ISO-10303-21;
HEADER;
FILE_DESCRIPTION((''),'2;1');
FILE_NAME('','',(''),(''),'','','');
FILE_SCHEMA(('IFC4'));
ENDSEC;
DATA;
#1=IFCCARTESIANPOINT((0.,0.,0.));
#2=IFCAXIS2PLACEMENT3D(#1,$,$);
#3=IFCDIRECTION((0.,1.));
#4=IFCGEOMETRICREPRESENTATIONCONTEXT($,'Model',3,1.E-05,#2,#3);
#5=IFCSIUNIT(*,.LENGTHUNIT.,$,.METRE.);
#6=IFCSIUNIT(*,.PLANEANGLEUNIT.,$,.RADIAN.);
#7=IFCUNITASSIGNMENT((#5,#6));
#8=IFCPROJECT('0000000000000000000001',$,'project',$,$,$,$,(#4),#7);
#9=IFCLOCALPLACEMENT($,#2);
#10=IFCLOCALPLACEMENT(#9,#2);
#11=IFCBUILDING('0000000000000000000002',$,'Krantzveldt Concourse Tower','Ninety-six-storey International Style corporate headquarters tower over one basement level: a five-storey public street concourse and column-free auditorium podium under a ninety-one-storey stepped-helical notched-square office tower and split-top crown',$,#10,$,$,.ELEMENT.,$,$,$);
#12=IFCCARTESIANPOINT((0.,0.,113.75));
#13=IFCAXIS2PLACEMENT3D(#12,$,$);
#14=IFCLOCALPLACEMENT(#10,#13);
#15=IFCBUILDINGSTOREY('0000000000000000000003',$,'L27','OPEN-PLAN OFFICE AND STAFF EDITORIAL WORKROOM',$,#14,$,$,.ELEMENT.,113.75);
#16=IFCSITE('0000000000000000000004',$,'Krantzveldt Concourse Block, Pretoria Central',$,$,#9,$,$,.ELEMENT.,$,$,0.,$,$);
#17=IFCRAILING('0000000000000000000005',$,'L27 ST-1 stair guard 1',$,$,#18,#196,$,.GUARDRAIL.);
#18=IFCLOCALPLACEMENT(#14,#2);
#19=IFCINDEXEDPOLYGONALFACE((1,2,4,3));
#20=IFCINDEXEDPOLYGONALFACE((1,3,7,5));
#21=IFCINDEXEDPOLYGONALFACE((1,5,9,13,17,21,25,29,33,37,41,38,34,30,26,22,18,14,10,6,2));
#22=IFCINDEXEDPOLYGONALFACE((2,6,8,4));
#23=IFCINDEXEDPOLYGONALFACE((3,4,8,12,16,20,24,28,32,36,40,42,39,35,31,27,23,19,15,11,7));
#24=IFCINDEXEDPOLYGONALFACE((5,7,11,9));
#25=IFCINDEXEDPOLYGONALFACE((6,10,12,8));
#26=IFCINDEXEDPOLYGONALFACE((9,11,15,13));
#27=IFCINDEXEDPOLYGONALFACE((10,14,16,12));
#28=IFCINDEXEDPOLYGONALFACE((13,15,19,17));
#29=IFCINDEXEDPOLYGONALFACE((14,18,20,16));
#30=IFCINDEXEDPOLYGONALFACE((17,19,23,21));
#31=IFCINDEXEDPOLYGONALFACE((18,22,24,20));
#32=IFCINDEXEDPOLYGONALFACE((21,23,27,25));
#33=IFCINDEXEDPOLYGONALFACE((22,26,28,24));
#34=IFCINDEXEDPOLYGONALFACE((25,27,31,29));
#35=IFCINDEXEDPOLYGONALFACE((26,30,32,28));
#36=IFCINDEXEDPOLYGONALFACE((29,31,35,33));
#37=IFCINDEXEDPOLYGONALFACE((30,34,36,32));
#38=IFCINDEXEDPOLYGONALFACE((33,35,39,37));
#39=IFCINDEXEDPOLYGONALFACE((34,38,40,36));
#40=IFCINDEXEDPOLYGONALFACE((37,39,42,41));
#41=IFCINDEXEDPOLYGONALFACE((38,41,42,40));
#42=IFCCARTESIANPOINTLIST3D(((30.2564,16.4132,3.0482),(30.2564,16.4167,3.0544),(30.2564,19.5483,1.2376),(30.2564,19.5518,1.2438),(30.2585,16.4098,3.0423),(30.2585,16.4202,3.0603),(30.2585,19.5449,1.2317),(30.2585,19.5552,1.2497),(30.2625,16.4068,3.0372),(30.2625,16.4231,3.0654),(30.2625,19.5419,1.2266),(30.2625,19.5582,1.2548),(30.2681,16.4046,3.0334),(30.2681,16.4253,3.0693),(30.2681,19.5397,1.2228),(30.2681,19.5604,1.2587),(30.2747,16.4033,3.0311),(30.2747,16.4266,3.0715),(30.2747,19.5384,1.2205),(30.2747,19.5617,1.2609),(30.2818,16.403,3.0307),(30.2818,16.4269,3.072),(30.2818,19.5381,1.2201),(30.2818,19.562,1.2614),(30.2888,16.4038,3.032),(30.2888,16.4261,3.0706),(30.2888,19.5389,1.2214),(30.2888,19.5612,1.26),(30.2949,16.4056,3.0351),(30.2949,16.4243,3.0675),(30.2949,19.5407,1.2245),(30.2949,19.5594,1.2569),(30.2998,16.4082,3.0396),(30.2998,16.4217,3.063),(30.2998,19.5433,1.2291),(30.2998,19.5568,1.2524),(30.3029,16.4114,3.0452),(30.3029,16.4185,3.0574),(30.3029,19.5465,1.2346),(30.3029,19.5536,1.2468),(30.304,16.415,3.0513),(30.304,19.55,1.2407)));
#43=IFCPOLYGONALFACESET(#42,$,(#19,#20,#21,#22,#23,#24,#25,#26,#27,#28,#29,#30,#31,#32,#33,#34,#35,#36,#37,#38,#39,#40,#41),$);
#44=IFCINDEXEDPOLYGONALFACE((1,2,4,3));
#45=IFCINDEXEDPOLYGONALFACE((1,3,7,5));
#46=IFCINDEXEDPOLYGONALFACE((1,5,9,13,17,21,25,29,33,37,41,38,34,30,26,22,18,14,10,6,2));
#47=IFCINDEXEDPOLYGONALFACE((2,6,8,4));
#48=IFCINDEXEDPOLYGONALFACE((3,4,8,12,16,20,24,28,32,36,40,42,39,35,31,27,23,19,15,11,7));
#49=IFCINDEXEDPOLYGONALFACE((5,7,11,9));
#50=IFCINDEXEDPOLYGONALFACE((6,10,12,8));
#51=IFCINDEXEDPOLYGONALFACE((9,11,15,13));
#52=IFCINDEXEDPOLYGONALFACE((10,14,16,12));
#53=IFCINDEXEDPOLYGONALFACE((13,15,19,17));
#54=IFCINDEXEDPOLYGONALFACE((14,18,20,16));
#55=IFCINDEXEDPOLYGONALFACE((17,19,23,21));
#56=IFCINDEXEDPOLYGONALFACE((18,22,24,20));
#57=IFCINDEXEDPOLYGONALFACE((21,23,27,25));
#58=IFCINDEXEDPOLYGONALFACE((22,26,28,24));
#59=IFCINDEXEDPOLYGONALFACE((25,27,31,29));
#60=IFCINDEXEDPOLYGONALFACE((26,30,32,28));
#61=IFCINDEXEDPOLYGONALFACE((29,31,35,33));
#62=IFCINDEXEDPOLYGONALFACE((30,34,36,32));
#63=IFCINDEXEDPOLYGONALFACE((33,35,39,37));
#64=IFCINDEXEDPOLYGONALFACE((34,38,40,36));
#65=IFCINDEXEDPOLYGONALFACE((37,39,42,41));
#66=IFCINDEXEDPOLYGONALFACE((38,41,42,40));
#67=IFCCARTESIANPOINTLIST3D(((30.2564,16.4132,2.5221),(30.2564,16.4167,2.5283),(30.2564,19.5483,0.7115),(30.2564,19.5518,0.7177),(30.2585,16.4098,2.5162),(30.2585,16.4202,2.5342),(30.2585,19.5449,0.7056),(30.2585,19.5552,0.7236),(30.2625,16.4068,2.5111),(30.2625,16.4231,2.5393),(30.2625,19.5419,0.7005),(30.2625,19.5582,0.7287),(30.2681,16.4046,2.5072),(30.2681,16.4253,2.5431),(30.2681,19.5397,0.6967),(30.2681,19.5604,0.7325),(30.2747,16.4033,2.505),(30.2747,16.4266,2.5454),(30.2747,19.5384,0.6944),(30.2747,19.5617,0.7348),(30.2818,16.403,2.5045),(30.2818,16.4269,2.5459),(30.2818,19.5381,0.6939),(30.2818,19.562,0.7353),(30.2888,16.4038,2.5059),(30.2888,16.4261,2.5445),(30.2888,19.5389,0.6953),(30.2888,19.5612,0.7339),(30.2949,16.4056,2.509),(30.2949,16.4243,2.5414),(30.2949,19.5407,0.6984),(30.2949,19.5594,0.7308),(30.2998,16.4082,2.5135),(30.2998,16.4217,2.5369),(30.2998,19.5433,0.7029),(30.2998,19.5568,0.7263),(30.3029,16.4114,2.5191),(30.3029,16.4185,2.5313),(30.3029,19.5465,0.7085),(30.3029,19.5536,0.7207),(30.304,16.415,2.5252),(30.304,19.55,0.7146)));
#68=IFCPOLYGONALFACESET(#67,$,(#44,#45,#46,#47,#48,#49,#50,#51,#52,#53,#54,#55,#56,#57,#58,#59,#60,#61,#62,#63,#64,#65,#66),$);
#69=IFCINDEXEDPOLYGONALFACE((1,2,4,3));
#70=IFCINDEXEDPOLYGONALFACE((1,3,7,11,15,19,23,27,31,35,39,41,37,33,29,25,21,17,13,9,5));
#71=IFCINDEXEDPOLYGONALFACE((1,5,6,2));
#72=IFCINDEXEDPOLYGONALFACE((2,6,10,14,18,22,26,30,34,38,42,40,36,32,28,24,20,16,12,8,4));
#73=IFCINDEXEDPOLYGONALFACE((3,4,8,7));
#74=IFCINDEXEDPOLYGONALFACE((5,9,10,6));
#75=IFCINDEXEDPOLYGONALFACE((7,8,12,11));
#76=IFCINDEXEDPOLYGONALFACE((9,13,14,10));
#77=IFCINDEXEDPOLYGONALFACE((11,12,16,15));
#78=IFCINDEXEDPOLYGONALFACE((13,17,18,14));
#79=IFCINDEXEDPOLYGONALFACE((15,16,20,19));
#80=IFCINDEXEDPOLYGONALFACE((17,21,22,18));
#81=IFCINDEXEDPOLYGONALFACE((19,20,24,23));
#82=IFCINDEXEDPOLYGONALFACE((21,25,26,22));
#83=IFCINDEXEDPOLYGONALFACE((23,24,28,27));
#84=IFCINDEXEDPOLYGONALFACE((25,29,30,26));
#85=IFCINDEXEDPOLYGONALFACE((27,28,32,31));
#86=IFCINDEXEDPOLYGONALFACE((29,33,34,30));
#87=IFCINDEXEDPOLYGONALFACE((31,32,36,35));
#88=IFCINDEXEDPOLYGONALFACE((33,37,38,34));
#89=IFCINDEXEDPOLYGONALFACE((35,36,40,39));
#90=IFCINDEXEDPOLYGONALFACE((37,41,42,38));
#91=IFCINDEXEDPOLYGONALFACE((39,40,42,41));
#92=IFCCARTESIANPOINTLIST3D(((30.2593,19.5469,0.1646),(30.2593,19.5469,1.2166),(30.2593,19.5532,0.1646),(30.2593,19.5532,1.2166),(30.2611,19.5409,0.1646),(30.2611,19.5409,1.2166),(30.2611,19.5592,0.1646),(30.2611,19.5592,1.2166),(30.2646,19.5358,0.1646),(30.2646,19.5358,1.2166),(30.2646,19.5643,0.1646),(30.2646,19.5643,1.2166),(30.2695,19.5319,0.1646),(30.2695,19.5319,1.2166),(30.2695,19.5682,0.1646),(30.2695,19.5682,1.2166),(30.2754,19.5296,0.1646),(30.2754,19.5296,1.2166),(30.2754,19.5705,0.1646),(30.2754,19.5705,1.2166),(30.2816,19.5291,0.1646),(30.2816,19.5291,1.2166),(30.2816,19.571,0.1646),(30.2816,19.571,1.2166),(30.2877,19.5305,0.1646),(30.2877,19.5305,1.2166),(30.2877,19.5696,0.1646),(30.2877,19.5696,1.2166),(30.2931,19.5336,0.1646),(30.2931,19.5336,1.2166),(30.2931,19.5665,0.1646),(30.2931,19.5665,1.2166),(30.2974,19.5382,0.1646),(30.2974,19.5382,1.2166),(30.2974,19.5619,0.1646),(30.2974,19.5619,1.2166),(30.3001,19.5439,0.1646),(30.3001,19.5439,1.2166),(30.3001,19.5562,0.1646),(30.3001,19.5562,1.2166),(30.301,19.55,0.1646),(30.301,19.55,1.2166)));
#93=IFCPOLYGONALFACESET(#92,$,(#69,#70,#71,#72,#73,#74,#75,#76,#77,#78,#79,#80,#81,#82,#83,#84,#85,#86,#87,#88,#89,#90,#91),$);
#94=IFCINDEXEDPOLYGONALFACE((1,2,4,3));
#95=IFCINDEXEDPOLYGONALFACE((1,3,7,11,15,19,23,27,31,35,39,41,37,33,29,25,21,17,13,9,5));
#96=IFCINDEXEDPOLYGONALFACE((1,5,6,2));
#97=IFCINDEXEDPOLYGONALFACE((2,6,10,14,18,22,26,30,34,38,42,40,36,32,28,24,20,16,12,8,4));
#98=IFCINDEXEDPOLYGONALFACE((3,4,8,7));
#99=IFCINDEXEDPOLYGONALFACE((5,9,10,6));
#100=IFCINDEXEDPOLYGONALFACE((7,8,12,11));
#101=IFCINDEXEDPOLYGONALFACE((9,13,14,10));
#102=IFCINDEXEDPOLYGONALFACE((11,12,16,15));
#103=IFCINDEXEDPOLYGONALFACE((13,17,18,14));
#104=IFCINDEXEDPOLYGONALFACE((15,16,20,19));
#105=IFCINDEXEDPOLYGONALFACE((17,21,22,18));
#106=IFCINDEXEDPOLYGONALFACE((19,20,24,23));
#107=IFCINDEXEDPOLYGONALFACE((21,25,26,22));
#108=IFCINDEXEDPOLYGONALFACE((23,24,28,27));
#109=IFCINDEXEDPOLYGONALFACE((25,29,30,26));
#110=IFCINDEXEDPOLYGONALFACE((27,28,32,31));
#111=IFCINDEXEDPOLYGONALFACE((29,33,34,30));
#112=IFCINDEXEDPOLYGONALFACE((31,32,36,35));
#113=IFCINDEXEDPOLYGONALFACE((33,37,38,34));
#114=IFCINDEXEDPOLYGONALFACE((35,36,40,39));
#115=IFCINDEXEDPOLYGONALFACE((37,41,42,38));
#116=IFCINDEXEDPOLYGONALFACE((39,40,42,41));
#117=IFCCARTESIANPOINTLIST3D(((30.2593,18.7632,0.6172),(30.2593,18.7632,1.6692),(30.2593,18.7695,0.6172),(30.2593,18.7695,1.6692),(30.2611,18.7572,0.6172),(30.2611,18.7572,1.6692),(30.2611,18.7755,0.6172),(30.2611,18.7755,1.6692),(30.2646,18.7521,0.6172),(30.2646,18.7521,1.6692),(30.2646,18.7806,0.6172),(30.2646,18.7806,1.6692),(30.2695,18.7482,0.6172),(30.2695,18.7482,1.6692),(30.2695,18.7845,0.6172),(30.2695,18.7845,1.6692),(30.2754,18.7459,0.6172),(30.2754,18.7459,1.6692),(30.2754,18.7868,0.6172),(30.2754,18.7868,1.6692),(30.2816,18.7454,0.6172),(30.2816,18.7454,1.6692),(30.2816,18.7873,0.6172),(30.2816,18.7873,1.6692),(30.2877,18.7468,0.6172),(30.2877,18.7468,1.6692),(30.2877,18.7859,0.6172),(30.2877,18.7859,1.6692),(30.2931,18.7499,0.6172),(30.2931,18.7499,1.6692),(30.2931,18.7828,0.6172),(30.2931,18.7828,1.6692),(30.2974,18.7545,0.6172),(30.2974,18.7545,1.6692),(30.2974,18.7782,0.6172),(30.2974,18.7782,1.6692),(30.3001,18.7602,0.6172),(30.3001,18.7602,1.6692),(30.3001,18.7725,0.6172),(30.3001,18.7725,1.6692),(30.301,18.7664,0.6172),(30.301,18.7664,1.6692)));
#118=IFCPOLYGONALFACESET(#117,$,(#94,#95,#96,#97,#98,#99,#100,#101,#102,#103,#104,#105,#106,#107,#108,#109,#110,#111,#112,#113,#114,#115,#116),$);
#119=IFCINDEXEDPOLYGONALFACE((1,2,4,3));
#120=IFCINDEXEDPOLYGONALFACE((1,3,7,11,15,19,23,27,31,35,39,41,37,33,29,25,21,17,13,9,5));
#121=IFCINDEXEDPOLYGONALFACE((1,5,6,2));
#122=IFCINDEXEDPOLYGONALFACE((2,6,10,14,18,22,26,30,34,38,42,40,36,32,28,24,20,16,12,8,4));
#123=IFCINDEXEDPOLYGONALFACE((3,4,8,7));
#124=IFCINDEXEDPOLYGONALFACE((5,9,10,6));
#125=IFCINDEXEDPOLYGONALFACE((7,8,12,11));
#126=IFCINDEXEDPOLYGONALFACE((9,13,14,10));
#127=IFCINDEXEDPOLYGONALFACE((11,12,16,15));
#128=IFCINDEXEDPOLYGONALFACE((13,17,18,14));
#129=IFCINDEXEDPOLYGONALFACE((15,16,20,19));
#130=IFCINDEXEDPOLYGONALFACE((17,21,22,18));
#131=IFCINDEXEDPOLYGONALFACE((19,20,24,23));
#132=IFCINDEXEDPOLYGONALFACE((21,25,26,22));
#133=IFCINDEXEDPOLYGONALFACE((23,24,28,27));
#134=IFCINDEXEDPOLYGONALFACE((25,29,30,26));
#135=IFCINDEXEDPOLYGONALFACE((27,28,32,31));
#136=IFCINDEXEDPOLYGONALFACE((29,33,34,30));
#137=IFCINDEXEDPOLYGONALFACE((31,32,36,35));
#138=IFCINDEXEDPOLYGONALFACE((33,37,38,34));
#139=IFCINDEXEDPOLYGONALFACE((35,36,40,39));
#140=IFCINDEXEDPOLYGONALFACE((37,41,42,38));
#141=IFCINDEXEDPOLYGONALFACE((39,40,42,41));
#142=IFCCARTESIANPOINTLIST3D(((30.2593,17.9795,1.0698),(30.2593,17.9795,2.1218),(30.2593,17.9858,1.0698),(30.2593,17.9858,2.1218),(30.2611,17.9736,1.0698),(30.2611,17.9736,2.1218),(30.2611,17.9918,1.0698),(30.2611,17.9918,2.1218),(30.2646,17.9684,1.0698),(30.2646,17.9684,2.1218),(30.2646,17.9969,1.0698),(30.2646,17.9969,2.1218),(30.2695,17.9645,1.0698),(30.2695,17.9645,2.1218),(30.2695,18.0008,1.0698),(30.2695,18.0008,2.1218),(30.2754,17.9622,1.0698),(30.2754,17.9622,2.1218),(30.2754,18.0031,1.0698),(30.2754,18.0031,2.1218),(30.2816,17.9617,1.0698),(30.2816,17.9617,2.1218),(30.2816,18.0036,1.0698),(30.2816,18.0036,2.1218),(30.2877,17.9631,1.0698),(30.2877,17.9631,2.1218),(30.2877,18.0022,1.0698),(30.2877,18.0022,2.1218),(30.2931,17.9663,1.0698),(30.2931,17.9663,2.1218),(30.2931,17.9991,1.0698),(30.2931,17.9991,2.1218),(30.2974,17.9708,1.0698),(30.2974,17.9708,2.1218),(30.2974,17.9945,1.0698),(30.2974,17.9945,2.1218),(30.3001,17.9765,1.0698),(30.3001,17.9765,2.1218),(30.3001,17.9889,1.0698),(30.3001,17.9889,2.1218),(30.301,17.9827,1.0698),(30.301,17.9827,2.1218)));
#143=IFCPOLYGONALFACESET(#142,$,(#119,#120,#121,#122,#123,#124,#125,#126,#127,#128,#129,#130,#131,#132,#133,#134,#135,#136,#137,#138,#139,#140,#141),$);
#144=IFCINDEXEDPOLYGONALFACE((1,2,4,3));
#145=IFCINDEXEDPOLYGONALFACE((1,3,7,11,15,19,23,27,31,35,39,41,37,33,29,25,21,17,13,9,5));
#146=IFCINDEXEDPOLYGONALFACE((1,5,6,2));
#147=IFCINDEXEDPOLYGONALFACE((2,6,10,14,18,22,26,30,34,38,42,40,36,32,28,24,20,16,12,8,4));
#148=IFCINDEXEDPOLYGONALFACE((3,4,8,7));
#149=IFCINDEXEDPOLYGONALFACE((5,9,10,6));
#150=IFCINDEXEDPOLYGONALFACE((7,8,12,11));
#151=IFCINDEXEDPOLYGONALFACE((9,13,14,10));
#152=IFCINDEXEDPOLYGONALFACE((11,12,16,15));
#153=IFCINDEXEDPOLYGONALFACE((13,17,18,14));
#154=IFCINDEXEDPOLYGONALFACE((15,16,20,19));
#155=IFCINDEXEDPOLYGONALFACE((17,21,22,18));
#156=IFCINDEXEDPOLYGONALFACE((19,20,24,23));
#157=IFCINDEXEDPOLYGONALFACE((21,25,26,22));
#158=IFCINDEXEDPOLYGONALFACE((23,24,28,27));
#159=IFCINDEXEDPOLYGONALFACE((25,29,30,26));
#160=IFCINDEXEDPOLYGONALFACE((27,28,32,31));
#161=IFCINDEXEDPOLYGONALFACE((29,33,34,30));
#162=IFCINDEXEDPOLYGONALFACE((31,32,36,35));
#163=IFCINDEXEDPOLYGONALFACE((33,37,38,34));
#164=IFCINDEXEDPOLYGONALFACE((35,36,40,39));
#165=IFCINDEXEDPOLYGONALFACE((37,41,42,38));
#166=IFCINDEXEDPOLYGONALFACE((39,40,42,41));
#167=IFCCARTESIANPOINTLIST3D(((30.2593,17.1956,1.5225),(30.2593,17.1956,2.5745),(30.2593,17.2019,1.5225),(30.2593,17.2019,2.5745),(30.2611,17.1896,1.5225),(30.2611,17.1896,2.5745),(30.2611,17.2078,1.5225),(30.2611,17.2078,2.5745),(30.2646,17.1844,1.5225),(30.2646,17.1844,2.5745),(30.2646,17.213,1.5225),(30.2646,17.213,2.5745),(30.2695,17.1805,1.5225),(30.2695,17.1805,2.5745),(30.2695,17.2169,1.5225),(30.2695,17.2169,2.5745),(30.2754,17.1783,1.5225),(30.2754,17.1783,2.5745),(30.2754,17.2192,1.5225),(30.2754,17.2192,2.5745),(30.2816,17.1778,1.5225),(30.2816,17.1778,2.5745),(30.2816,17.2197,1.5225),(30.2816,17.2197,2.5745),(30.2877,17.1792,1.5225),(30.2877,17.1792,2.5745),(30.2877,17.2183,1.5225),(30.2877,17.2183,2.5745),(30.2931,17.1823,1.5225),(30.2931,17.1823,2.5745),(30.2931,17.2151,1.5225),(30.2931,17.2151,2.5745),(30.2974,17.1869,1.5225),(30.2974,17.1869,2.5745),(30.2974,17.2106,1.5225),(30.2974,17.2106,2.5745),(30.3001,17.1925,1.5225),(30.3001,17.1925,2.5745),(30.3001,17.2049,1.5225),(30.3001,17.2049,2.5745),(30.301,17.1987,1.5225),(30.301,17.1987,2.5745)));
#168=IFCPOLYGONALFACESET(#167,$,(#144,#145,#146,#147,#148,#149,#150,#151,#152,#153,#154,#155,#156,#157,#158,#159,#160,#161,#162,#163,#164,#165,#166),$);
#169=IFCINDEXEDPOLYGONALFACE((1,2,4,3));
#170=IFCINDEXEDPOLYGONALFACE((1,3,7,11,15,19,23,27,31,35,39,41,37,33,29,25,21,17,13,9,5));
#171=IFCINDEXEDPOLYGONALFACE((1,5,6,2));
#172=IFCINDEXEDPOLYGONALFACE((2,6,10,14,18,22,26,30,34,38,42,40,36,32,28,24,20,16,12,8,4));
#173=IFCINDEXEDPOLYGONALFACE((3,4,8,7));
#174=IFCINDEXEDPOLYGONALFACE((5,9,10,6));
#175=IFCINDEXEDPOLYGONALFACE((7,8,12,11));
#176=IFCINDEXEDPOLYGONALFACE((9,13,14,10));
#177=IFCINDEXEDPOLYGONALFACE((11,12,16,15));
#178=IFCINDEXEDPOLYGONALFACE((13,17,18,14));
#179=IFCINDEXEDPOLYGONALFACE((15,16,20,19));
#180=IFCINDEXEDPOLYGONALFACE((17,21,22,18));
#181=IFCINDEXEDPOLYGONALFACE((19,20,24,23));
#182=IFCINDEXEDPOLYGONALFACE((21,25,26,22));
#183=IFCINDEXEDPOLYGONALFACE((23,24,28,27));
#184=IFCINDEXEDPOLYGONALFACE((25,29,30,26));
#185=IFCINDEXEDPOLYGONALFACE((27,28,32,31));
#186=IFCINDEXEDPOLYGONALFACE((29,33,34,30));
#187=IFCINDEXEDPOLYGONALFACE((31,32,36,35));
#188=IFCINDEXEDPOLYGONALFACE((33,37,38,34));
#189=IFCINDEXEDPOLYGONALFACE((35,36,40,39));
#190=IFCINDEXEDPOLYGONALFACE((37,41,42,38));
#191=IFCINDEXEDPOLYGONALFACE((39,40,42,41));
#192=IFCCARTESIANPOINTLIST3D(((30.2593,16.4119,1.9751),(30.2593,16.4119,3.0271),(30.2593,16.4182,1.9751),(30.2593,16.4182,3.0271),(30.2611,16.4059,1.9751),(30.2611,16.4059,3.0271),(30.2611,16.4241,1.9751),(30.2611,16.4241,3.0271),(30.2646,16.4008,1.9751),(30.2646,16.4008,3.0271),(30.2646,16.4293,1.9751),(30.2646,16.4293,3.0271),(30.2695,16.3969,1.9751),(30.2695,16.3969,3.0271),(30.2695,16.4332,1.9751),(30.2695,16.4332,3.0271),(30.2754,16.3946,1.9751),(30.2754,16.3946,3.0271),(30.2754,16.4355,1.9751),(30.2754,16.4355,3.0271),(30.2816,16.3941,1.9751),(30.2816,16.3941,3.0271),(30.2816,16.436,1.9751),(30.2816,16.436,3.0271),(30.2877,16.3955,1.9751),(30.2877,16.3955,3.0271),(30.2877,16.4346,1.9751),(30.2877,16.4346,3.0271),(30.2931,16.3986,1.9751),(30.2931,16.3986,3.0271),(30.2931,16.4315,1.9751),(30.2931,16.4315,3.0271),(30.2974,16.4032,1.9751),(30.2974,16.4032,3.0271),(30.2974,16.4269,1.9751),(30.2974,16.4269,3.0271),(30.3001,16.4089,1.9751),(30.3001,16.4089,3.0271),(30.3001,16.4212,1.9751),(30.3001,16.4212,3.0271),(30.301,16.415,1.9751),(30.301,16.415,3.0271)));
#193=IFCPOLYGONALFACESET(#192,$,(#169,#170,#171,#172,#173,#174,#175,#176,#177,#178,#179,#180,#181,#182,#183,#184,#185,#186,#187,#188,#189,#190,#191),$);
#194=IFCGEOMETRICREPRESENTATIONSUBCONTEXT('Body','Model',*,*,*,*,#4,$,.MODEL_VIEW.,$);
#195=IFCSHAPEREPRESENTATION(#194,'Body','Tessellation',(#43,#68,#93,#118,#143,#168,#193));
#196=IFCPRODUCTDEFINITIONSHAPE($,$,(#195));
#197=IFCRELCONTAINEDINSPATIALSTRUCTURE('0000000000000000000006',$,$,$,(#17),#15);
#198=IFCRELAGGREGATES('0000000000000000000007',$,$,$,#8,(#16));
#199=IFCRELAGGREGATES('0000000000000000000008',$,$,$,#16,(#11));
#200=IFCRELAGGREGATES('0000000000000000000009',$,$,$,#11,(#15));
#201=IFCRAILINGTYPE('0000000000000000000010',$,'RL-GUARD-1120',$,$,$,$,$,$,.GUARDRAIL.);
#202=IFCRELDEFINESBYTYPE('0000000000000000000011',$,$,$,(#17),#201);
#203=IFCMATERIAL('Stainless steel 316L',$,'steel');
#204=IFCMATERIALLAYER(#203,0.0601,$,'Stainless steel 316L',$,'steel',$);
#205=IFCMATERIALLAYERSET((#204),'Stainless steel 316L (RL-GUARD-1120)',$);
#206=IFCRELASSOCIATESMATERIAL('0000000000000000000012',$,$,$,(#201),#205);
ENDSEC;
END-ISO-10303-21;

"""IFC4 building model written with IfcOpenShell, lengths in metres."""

from ifc_helpers import new_model, si_unit, direction, frame, origin, origin_2d, place, context, subcontext, project, spatial, circle, extrude, material, layer, layer_set, type_object, element, save


model = new_model("IFC4")

# Units and contexts
model_context = context("Model", 3, precision=1e-05, world=origin(), true_north=direction((0.0, 1.0)))
body_context = subcontext(model_context, "Body", "Model", "MODEL_VIEW")
ifc_project = project(units=[si_unit("LENGTHUNIT", "METRE"), si_unit("PLANEANGLEUNIT", "RADIAN")], contexts=[model_context])

# Site, building, storey
site_placement = place(None, origin())
site = spatial("IfcSite", under=ifc_project, at=site_placement, Name="Krantzveldt Concourse Block, Pretoria Central", CompositionType="ELEMENT", RefElevation=0.0)
building_placement = place(site_placement, origin())
building = spatial("IfcBuilding", under=site, at=building_placement, Name="Krantzveldt Concourse Tower", Description="Ninety-six-storey International Style corporate headquarters tower over one basement level: a five-storey public street concourse and column-free auditorium podium under a ninety-one-storey stepped-helical notched-square office tower and split-top crown", CompositionType="ELEMENT")
storey_placement = place(building_placement, frame((0.0, 0.0, 113.75)))
storey = spatial("IfcBuildingStorey", under=building, at=storey_placement, Name="L27", Description="OPEN-PLAN OFFICE AND STAFF EDITORIAL WORKROOM", CompositionType="ELEMENT", Elevation=113.75)

# Railing
ifc_material_1 = material(Name="Stainless steel 316L", Category="steel")
ifc_layer_1 = layer(ifc_material_1, 0.0601, Name="Stainless steel 316L", Category="steel")
ifc_layer_set_1 = layer_set([ifc_layer_1], Name="Stainless steel 316L (RL-GUARD-1120)")
railing_type_1 = type_object("IfcRailingType", Name="RL-GUARD-1120", PredefinedType="GUARDRAIL", material=ifc_layer_set_1)
railing_1_placement = place(storey_placement, frame((30.28, 19.55, 0.1646)))
element("IfcRailing", 1, at=railing_1_placement, inside=storey, type_object=railing_type_1, Name="L27 ST-1 stair guard 1", PredefinedType="GUARDRAIL", context=body_context, shape_type="SweptSolid", body=[
    extrude(circle(Radius=0.0239, at=origin_2d()), frame((0.0, 0.0, 1.0762), z_axis=(0.0, -0.86596, 0.500114), x_axis=(1.0, 0.0, 0.0)), (0.0, 0.0, 1.0), 3.6204),
    extrude(circle(Radius=0.0239, at=origin_2d()), frame((0.0, 0.0, 0.55), z_axis=(0.0, -0.86596, 0.500114), x_axis=(1.0, 0.0, 0.0)), (0.0, 0.0, 1.0), 3.6204),
    extrude(circle(Radius=0.021, at=origin_2d()), origin(), (0.0, 0.0, 1.0), 1.052),
    extrude(circle(Radius=0.021, at=origin_2d()), frame((0.0, -0.7837, 0.4526)), (0.0, 0.0, 1.0), 1.052),
    extrude(circle(Radius=0.021, at=origin_2d()), frame((0.0, -1.5674, 0.9053)), (0.0, 0.0, 1.0), 1.052),
    extrude(circle(Radius=0.021, at=origin_2d()), frame((0.0, -2.3513, 1.3579)), (0.0, 0.0, 1.0), 1.052),
    extrude(circle(Radius=0.021, at=origin_2d()), frame((0.0, -3.135, 1.8105)), (0.0, 0.0, 1.0), 1.052),
])

save(model, "model.ifc")
